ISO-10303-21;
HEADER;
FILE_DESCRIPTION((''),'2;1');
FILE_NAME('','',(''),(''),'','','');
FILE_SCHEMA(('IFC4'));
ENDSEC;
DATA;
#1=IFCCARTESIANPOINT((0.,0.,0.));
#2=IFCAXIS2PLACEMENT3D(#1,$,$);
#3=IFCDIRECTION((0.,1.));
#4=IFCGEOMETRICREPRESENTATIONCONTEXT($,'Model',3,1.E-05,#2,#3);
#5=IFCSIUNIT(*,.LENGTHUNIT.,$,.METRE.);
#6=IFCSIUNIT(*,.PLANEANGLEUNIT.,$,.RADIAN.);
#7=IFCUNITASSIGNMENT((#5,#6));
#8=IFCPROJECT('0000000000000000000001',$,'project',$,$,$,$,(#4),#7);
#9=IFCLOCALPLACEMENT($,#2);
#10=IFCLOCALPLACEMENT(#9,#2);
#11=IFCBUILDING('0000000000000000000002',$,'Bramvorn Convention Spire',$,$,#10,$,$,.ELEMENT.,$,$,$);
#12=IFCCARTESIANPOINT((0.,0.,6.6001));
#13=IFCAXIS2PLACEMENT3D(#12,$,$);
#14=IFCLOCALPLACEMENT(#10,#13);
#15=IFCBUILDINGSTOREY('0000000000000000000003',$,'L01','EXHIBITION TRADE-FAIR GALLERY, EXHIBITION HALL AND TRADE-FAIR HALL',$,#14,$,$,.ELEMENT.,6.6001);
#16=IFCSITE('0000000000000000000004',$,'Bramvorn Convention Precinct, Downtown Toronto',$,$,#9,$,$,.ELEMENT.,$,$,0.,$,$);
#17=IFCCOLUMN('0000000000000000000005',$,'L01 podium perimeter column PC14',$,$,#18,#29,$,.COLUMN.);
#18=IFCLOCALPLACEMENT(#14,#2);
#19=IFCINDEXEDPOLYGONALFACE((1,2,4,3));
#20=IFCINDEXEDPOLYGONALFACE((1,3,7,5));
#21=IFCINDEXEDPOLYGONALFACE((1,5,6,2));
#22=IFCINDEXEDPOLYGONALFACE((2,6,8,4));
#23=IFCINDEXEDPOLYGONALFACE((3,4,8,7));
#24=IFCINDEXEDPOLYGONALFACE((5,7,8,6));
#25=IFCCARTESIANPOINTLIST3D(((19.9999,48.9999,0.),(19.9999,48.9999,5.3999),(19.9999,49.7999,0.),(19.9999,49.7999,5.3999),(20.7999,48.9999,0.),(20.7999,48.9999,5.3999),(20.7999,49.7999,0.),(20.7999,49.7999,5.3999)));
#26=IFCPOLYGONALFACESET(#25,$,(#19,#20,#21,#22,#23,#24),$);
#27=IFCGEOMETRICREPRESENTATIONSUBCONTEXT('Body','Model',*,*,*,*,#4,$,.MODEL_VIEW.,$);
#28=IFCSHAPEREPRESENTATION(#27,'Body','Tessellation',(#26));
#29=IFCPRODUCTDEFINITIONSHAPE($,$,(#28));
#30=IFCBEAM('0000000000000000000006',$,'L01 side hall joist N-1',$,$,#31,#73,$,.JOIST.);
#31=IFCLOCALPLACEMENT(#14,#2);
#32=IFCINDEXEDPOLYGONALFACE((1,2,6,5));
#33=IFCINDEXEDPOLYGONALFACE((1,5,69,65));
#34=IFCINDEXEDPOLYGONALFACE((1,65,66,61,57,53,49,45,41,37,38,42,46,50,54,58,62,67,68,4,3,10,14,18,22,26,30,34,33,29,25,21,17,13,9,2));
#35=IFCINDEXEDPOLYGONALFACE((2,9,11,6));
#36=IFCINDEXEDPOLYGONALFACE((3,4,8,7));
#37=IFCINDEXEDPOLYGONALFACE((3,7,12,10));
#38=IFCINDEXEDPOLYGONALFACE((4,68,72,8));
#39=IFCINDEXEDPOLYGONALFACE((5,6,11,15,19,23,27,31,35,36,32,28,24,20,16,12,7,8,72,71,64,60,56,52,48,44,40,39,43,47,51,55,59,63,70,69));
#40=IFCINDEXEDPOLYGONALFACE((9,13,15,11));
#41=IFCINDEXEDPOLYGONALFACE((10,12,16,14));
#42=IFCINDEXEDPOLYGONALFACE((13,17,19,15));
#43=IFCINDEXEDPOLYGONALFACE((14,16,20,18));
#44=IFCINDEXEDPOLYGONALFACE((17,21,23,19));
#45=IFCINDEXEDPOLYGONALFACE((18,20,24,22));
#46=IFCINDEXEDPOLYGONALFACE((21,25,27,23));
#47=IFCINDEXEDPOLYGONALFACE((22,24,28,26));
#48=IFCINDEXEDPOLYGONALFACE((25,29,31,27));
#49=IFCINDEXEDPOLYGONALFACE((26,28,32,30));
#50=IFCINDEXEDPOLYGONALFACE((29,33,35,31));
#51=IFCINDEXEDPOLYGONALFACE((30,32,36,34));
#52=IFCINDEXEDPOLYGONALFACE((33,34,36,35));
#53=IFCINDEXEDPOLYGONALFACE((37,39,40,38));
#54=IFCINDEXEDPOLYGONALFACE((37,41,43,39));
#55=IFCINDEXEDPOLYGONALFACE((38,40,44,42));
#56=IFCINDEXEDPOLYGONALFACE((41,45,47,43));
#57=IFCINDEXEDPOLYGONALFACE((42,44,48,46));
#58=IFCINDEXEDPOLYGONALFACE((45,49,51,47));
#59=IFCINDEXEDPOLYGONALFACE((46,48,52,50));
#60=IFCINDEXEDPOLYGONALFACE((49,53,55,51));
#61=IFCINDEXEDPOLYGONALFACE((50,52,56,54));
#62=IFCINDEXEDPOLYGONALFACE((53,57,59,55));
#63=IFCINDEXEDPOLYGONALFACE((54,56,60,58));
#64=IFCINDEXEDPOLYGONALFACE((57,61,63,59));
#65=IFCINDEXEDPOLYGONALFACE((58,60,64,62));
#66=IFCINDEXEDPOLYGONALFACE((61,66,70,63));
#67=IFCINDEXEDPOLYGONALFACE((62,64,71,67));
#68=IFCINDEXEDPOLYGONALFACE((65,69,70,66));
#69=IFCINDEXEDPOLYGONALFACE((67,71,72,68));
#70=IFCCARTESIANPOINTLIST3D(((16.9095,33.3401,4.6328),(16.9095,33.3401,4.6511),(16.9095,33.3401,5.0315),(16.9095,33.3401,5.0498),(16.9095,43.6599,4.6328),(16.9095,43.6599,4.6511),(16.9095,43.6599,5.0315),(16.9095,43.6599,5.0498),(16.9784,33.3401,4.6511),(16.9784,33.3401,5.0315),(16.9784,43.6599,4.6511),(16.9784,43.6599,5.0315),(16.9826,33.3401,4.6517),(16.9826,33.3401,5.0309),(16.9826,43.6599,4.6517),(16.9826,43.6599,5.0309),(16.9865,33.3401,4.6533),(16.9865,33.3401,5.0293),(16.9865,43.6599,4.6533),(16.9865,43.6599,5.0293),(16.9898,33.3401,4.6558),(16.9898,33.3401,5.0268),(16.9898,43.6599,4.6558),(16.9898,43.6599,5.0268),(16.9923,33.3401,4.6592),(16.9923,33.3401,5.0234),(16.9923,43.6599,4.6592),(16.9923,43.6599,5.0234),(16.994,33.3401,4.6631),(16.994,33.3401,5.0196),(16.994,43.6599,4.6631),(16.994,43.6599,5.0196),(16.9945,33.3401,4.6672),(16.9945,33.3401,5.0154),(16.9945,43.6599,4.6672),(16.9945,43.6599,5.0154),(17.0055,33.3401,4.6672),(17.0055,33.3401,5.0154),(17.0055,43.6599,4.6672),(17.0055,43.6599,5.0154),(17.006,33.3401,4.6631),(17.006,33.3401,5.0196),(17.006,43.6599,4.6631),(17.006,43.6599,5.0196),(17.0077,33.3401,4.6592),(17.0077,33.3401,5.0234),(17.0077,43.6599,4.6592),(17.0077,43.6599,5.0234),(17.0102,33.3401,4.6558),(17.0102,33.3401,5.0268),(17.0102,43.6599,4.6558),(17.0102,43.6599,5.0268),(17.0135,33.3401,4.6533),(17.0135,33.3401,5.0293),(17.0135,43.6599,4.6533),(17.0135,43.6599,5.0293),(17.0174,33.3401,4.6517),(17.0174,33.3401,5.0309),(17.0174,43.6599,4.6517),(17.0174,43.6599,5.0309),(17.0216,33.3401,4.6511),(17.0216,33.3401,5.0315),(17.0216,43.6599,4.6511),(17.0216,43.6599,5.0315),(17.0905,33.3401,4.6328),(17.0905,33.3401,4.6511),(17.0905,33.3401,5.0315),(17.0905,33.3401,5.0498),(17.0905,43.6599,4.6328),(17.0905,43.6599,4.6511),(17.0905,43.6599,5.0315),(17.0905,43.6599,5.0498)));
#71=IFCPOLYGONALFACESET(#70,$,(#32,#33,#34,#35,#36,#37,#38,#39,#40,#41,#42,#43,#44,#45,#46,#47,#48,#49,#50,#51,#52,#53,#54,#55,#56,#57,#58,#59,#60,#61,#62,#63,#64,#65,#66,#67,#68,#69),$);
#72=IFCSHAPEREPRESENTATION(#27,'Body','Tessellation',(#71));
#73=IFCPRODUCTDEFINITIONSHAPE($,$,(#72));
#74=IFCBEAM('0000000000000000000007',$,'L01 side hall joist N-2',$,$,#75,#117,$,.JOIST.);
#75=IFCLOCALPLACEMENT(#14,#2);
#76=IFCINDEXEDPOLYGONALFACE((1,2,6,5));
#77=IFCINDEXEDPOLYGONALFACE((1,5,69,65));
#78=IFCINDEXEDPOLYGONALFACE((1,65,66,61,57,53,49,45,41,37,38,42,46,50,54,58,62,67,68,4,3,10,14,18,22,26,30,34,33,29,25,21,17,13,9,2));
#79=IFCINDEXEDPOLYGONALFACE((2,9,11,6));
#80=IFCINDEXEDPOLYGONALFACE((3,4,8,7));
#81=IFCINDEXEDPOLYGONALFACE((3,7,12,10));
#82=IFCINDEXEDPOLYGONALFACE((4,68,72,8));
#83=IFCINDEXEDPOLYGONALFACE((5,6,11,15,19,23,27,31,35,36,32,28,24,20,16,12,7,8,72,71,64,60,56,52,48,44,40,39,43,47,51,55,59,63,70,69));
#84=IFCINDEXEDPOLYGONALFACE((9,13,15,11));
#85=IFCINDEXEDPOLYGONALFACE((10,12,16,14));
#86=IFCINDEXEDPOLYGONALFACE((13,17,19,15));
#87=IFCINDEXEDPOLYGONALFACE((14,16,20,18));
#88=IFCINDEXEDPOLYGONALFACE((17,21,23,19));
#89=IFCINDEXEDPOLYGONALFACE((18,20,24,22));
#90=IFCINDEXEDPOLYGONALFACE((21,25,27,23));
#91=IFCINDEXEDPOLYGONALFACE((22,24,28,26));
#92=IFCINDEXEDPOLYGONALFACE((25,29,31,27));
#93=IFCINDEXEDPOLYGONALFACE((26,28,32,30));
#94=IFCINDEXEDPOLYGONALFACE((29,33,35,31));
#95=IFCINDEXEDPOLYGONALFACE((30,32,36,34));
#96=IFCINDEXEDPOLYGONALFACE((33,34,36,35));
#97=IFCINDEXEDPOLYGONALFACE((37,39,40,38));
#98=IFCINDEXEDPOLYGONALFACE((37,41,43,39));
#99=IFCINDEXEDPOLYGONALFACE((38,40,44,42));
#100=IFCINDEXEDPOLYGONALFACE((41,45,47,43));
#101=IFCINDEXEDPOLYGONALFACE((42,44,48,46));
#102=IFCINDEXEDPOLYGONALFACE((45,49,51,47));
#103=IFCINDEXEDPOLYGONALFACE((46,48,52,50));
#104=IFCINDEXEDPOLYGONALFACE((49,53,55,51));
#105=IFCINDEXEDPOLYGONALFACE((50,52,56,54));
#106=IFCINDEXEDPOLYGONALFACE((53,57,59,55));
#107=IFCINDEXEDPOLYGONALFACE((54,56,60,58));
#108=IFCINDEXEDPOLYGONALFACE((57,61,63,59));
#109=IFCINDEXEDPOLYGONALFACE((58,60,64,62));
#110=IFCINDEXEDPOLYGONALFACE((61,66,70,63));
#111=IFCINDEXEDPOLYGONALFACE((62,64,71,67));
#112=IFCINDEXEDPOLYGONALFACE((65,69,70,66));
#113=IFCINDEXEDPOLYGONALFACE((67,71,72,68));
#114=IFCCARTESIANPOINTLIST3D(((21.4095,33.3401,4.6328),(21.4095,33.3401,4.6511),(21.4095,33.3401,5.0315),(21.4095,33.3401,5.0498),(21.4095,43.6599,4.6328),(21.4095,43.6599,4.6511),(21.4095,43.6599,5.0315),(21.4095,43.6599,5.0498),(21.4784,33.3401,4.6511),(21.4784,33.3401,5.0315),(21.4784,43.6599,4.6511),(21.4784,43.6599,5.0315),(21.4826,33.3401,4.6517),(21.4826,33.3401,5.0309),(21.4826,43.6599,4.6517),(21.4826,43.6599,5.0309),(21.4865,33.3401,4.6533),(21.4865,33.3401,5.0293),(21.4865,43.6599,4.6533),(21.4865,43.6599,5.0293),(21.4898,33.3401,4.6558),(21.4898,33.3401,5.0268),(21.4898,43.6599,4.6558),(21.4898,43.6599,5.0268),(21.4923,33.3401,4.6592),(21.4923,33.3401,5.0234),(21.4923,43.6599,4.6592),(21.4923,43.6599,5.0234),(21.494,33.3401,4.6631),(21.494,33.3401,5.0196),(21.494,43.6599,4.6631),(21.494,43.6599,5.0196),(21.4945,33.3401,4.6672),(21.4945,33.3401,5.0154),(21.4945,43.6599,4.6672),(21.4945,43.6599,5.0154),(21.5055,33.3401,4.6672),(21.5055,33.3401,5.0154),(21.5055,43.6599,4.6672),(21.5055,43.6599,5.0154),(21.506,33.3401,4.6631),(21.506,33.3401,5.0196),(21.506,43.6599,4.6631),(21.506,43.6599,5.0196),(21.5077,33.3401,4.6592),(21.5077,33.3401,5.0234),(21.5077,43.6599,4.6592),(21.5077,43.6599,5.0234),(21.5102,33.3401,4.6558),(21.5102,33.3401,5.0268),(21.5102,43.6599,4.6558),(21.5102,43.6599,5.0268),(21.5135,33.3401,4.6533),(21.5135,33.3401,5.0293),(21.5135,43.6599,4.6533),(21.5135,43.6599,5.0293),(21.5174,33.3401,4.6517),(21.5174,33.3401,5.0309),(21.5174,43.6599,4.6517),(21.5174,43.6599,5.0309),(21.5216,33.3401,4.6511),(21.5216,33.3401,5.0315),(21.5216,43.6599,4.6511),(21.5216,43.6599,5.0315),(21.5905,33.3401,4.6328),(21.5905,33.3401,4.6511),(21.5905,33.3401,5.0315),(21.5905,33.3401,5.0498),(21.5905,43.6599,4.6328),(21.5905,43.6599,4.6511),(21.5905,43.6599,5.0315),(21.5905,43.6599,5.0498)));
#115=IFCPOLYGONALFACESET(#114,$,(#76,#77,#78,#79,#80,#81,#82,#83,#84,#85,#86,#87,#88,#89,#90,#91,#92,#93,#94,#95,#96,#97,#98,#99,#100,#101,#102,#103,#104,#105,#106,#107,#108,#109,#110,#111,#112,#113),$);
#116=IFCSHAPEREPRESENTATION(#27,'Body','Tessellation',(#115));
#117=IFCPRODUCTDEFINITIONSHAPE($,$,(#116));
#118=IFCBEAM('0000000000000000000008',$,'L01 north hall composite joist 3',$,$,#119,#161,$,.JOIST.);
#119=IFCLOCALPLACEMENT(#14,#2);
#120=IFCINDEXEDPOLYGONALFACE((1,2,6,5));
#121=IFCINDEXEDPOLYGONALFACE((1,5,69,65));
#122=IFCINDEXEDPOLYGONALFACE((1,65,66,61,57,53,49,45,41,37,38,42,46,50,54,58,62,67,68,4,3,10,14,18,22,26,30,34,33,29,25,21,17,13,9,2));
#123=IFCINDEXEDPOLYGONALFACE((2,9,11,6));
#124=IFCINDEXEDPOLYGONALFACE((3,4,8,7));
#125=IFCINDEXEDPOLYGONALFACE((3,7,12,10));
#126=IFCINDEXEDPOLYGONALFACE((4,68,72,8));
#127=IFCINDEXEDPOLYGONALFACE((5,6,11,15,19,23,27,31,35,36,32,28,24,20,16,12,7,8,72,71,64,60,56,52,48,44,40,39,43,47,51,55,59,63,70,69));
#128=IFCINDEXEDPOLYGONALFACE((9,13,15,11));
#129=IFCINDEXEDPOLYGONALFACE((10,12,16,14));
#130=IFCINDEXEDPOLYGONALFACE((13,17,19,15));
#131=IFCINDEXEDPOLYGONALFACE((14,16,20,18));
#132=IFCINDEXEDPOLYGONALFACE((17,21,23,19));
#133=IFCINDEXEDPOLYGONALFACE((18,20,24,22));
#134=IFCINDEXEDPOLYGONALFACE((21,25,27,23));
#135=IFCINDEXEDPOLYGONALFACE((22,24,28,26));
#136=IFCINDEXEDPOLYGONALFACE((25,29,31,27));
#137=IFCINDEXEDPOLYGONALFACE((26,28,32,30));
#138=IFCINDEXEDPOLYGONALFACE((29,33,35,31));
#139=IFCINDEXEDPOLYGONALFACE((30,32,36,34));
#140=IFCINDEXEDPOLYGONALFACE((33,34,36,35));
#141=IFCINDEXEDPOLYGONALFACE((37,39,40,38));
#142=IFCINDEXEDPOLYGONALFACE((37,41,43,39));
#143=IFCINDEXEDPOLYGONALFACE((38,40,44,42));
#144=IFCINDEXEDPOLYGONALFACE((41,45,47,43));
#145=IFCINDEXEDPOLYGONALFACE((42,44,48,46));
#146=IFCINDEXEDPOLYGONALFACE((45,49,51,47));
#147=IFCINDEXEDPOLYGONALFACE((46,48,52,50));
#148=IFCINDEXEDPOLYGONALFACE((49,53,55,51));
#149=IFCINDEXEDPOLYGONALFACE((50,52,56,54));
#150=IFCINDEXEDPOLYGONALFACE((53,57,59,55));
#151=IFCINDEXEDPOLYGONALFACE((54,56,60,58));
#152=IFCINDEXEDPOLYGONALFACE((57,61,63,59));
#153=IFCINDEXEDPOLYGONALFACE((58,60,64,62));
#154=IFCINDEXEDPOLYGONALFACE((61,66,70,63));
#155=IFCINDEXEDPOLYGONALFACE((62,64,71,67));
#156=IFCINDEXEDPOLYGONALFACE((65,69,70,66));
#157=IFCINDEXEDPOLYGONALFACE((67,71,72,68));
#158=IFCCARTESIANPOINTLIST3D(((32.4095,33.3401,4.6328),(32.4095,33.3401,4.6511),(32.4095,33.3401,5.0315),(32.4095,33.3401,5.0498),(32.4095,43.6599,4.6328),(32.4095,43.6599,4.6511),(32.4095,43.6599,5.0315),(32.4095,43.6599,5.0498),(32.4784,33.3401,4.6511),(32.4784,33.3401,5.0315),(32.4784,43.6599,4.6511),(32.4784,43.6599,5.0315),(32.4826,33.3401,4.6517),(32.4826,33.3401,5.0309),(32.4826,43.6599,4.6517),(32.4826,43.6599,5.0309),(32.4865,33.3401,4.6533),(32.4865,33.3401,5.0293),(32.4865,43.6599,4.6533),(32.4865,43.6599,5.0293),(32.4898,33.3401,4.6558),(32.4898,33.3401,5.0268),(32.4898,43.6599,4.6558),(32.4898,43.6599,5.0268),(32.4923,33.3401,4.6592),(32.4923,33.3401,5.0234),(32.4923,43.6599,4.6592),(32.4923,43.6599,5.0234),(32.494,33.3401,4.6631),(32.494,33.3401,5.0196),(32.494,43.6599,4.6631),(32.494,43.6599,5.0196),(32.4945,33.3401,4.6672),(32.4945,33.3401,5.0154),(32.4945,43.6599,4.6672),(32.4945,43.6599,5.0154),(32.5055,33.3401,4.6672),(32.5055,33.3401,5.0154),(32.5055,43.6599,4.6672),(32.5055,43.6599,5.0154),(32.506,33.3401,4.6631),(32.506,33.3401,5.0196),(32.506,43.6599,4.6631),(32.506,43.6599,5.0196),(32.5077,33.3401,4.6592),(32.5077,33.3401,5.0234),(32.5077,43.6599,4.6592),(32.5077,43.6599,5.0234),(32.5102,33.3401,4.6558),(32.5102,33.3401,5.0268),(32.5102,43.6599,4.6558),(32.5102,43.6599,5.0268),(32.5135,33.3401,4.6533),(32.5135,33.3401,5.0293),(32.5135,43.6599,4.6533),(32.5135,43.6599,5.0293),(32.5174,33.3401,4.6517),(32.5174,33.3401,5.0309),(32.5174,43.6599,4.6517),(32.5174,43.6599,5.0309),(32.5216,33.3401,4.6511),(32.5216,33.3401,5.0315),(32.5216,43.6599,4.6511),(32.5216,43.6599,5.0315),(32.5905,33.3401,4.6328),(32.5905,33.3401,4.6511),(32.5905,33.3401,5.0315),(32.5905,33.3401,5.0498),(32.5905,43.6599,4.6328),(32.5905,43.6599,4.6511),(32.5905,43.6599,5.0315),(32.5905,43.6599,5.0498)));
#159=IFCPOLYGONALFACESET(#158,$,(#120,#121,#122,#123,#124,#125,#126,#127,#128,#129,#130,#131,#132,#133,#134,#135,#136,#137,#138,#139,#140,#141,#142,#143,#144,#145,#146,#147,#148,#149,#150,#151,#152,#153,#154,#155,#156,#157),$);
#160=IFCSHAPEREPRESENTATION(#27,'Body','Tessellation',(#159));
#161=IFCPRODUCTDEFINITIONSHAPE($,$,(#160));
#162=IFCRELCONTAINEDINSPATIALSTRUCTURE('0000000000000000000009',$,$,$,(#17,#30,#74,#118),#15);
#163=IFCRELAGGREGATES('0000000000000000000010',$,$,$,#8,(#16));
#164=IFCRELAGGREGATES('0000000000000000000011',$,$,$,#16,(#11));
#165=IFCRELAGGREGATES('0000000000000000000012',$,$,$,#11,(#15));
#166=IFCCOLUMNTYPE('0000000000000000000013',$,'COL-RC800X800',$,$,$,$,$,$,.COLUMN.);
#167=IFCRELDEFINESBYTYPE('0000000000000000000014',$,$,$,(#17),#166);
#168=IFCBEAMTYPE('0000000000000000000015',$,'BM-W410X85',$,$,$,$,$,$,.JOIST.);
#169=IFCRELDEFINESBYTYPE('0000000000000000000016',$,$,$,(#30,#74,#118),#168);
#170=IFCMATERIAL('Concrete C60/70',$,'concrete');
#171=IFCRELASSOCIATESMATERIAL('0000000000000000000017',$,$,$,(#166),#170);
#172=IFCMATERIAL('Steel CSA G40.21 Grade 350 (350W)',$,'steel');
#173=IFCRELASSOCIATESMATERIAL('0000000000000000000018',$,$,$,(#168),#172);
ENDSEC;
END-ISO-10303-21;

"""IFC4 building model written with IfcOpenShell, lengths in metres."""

from ifc_helpers import new_model, si_unit, direction, frame, origin, origin_2d, place, context, subcontext, project, spatial, rectangle, i_section, extrude, material, material_profile, profile_set, type_object, element, save


model = new_model("IFC4")

# Units and contexts
model_context = context("Model", 3, precision=1e-05, world=origin(), true_north=direction((0.0, 1.0)))
body_context = subcontext(model_context, "Body", "Model", "MODEL_VIEW")
ifc_project = project(units=[si_unit("LENGTHUNIT", "METRE"), si_unit("PLANEANGLEUNIT", "RADIAN")], contexts=[model_context])

# Site, building, storey
site_placement = place(None, origin())
site = spatial("IfcSite", under=ifc_project, at=site_placement, Name="Bramvorn Convention Precinct, Downtown Toronto", CompositionType="ELEMENT", RefElevation=0.0)
building_placement = place(site_placement, origin())
building = spatial("IfcBuilding", under=site, at=building_placement, Name="Bramvorn Convention Spire", CompositionType="ELEMENT")
storey_placement = place(building_placement, frame((0.0, 0.0, 6.6001)))
storey = spatial("IfcBuildingStorey", under=building, at=storey_placement, Name="L01", Description="EXHIBITION TRADE-FAIR GALLERY, EXHIBITION HALL AND TRADE-FAIR HALL", CompositionType="ELEMENT", Elevation=6.6001)

# Column
ifc_material_1 = material(Name="Steel CSA G40.21 Grade 350 (350W)", Category="steel")
ifc_material_2 = material(Name="Concrete C60/70", Category="concrete")
ifc_material_profile_1 = material_profile(ifc_material_2, rectangle(XDim=0.8, YDim=0.8, at=origin_2d()))
ifc_profile_set_1 = profile_set([ifc_material_profile_1], Name="Concrete C60/70 - RC800X800")
column_type_1 = type_object("IfcColumnType", Name="COL-RC800X800", PredefinedType="COLUMN", material=ifc_profile_set_1)
column_placement = place(storey_placement, frame((20.3999, 49.3999, 0.0), z_axis=(0.0, 0.0, 1.0), x_axis=(1.0, 0.0, 0.0)))
element("IfcColumn", 1, at=column_placement, inside=storey, type_object=column_type_1, Name="L01 podium perimeter column PC14", PredefinedType="COLUMN", context=body_context, shape_type="SweptSolid", body=[
    extrude(rectangle(XDim=0.8, YDim=0.8, at=origin_2d()), origin(), (0.0, 0.0, 1.0), 5.3999),
])

# Beams
ifc_material_profile_2 = material_profile(ifc_material_1, i_section(OverallWidth=0.1809, OverallDepth=0.417, WebThickness=0.011, FlangeThickness=0.0183, FilletRadius=0.0161, at=origin_2d()))
ifc_profile_set_2 = profile_set([ifc_material_profile_2], Name="Steel CSA G40.21 Grade 350 (350W) - W410X85")
beam_type_1 = type_object("IfcBeamType", Name="BM-W410X85", PredefinedType="JOIST", material=ifc_profile_set_2)
for number, where, z_axis, x_axis, name in (
    (2, (17.0, 33.3401, 4.8413), (0.0, 1.0, 0.0), (-1.0, 0.0, 0.0), "L01 side hall joist N-1"),
    (3, (21.5, 33.3401, 4.8413), (0.0, 1.0, 0.0), (-1.0, 0.0, 0.0), "L01 side hall joist N-2"),
    (4, (32.5, 33.3401, 4.8413), (0.0, 1.0, 0.0), (-1.0, 0.0, 0.0), "L01 north hall composite joist 3"),
):
    element("IfcBeam", number, at=place(storey_placement, frame(where, z_axis=z_axis, x_axis=x_axis)), inside=storey, type_object=beam_type_1, Name=name, PredefinedType="JOIST", context=body_context, shape_type="SweptSolid", body=[
        extrude(i_section(OverallWidth=0.1809, OverallDepth=0.417, WebThickness=0.011, FlangeThickness=0.0183, FilletRadius=0.0161, at=origin_2d()), origin(), (0.0, 0.0, 1.0), 10.3198),
    ])

save(model, "model.ifc")
